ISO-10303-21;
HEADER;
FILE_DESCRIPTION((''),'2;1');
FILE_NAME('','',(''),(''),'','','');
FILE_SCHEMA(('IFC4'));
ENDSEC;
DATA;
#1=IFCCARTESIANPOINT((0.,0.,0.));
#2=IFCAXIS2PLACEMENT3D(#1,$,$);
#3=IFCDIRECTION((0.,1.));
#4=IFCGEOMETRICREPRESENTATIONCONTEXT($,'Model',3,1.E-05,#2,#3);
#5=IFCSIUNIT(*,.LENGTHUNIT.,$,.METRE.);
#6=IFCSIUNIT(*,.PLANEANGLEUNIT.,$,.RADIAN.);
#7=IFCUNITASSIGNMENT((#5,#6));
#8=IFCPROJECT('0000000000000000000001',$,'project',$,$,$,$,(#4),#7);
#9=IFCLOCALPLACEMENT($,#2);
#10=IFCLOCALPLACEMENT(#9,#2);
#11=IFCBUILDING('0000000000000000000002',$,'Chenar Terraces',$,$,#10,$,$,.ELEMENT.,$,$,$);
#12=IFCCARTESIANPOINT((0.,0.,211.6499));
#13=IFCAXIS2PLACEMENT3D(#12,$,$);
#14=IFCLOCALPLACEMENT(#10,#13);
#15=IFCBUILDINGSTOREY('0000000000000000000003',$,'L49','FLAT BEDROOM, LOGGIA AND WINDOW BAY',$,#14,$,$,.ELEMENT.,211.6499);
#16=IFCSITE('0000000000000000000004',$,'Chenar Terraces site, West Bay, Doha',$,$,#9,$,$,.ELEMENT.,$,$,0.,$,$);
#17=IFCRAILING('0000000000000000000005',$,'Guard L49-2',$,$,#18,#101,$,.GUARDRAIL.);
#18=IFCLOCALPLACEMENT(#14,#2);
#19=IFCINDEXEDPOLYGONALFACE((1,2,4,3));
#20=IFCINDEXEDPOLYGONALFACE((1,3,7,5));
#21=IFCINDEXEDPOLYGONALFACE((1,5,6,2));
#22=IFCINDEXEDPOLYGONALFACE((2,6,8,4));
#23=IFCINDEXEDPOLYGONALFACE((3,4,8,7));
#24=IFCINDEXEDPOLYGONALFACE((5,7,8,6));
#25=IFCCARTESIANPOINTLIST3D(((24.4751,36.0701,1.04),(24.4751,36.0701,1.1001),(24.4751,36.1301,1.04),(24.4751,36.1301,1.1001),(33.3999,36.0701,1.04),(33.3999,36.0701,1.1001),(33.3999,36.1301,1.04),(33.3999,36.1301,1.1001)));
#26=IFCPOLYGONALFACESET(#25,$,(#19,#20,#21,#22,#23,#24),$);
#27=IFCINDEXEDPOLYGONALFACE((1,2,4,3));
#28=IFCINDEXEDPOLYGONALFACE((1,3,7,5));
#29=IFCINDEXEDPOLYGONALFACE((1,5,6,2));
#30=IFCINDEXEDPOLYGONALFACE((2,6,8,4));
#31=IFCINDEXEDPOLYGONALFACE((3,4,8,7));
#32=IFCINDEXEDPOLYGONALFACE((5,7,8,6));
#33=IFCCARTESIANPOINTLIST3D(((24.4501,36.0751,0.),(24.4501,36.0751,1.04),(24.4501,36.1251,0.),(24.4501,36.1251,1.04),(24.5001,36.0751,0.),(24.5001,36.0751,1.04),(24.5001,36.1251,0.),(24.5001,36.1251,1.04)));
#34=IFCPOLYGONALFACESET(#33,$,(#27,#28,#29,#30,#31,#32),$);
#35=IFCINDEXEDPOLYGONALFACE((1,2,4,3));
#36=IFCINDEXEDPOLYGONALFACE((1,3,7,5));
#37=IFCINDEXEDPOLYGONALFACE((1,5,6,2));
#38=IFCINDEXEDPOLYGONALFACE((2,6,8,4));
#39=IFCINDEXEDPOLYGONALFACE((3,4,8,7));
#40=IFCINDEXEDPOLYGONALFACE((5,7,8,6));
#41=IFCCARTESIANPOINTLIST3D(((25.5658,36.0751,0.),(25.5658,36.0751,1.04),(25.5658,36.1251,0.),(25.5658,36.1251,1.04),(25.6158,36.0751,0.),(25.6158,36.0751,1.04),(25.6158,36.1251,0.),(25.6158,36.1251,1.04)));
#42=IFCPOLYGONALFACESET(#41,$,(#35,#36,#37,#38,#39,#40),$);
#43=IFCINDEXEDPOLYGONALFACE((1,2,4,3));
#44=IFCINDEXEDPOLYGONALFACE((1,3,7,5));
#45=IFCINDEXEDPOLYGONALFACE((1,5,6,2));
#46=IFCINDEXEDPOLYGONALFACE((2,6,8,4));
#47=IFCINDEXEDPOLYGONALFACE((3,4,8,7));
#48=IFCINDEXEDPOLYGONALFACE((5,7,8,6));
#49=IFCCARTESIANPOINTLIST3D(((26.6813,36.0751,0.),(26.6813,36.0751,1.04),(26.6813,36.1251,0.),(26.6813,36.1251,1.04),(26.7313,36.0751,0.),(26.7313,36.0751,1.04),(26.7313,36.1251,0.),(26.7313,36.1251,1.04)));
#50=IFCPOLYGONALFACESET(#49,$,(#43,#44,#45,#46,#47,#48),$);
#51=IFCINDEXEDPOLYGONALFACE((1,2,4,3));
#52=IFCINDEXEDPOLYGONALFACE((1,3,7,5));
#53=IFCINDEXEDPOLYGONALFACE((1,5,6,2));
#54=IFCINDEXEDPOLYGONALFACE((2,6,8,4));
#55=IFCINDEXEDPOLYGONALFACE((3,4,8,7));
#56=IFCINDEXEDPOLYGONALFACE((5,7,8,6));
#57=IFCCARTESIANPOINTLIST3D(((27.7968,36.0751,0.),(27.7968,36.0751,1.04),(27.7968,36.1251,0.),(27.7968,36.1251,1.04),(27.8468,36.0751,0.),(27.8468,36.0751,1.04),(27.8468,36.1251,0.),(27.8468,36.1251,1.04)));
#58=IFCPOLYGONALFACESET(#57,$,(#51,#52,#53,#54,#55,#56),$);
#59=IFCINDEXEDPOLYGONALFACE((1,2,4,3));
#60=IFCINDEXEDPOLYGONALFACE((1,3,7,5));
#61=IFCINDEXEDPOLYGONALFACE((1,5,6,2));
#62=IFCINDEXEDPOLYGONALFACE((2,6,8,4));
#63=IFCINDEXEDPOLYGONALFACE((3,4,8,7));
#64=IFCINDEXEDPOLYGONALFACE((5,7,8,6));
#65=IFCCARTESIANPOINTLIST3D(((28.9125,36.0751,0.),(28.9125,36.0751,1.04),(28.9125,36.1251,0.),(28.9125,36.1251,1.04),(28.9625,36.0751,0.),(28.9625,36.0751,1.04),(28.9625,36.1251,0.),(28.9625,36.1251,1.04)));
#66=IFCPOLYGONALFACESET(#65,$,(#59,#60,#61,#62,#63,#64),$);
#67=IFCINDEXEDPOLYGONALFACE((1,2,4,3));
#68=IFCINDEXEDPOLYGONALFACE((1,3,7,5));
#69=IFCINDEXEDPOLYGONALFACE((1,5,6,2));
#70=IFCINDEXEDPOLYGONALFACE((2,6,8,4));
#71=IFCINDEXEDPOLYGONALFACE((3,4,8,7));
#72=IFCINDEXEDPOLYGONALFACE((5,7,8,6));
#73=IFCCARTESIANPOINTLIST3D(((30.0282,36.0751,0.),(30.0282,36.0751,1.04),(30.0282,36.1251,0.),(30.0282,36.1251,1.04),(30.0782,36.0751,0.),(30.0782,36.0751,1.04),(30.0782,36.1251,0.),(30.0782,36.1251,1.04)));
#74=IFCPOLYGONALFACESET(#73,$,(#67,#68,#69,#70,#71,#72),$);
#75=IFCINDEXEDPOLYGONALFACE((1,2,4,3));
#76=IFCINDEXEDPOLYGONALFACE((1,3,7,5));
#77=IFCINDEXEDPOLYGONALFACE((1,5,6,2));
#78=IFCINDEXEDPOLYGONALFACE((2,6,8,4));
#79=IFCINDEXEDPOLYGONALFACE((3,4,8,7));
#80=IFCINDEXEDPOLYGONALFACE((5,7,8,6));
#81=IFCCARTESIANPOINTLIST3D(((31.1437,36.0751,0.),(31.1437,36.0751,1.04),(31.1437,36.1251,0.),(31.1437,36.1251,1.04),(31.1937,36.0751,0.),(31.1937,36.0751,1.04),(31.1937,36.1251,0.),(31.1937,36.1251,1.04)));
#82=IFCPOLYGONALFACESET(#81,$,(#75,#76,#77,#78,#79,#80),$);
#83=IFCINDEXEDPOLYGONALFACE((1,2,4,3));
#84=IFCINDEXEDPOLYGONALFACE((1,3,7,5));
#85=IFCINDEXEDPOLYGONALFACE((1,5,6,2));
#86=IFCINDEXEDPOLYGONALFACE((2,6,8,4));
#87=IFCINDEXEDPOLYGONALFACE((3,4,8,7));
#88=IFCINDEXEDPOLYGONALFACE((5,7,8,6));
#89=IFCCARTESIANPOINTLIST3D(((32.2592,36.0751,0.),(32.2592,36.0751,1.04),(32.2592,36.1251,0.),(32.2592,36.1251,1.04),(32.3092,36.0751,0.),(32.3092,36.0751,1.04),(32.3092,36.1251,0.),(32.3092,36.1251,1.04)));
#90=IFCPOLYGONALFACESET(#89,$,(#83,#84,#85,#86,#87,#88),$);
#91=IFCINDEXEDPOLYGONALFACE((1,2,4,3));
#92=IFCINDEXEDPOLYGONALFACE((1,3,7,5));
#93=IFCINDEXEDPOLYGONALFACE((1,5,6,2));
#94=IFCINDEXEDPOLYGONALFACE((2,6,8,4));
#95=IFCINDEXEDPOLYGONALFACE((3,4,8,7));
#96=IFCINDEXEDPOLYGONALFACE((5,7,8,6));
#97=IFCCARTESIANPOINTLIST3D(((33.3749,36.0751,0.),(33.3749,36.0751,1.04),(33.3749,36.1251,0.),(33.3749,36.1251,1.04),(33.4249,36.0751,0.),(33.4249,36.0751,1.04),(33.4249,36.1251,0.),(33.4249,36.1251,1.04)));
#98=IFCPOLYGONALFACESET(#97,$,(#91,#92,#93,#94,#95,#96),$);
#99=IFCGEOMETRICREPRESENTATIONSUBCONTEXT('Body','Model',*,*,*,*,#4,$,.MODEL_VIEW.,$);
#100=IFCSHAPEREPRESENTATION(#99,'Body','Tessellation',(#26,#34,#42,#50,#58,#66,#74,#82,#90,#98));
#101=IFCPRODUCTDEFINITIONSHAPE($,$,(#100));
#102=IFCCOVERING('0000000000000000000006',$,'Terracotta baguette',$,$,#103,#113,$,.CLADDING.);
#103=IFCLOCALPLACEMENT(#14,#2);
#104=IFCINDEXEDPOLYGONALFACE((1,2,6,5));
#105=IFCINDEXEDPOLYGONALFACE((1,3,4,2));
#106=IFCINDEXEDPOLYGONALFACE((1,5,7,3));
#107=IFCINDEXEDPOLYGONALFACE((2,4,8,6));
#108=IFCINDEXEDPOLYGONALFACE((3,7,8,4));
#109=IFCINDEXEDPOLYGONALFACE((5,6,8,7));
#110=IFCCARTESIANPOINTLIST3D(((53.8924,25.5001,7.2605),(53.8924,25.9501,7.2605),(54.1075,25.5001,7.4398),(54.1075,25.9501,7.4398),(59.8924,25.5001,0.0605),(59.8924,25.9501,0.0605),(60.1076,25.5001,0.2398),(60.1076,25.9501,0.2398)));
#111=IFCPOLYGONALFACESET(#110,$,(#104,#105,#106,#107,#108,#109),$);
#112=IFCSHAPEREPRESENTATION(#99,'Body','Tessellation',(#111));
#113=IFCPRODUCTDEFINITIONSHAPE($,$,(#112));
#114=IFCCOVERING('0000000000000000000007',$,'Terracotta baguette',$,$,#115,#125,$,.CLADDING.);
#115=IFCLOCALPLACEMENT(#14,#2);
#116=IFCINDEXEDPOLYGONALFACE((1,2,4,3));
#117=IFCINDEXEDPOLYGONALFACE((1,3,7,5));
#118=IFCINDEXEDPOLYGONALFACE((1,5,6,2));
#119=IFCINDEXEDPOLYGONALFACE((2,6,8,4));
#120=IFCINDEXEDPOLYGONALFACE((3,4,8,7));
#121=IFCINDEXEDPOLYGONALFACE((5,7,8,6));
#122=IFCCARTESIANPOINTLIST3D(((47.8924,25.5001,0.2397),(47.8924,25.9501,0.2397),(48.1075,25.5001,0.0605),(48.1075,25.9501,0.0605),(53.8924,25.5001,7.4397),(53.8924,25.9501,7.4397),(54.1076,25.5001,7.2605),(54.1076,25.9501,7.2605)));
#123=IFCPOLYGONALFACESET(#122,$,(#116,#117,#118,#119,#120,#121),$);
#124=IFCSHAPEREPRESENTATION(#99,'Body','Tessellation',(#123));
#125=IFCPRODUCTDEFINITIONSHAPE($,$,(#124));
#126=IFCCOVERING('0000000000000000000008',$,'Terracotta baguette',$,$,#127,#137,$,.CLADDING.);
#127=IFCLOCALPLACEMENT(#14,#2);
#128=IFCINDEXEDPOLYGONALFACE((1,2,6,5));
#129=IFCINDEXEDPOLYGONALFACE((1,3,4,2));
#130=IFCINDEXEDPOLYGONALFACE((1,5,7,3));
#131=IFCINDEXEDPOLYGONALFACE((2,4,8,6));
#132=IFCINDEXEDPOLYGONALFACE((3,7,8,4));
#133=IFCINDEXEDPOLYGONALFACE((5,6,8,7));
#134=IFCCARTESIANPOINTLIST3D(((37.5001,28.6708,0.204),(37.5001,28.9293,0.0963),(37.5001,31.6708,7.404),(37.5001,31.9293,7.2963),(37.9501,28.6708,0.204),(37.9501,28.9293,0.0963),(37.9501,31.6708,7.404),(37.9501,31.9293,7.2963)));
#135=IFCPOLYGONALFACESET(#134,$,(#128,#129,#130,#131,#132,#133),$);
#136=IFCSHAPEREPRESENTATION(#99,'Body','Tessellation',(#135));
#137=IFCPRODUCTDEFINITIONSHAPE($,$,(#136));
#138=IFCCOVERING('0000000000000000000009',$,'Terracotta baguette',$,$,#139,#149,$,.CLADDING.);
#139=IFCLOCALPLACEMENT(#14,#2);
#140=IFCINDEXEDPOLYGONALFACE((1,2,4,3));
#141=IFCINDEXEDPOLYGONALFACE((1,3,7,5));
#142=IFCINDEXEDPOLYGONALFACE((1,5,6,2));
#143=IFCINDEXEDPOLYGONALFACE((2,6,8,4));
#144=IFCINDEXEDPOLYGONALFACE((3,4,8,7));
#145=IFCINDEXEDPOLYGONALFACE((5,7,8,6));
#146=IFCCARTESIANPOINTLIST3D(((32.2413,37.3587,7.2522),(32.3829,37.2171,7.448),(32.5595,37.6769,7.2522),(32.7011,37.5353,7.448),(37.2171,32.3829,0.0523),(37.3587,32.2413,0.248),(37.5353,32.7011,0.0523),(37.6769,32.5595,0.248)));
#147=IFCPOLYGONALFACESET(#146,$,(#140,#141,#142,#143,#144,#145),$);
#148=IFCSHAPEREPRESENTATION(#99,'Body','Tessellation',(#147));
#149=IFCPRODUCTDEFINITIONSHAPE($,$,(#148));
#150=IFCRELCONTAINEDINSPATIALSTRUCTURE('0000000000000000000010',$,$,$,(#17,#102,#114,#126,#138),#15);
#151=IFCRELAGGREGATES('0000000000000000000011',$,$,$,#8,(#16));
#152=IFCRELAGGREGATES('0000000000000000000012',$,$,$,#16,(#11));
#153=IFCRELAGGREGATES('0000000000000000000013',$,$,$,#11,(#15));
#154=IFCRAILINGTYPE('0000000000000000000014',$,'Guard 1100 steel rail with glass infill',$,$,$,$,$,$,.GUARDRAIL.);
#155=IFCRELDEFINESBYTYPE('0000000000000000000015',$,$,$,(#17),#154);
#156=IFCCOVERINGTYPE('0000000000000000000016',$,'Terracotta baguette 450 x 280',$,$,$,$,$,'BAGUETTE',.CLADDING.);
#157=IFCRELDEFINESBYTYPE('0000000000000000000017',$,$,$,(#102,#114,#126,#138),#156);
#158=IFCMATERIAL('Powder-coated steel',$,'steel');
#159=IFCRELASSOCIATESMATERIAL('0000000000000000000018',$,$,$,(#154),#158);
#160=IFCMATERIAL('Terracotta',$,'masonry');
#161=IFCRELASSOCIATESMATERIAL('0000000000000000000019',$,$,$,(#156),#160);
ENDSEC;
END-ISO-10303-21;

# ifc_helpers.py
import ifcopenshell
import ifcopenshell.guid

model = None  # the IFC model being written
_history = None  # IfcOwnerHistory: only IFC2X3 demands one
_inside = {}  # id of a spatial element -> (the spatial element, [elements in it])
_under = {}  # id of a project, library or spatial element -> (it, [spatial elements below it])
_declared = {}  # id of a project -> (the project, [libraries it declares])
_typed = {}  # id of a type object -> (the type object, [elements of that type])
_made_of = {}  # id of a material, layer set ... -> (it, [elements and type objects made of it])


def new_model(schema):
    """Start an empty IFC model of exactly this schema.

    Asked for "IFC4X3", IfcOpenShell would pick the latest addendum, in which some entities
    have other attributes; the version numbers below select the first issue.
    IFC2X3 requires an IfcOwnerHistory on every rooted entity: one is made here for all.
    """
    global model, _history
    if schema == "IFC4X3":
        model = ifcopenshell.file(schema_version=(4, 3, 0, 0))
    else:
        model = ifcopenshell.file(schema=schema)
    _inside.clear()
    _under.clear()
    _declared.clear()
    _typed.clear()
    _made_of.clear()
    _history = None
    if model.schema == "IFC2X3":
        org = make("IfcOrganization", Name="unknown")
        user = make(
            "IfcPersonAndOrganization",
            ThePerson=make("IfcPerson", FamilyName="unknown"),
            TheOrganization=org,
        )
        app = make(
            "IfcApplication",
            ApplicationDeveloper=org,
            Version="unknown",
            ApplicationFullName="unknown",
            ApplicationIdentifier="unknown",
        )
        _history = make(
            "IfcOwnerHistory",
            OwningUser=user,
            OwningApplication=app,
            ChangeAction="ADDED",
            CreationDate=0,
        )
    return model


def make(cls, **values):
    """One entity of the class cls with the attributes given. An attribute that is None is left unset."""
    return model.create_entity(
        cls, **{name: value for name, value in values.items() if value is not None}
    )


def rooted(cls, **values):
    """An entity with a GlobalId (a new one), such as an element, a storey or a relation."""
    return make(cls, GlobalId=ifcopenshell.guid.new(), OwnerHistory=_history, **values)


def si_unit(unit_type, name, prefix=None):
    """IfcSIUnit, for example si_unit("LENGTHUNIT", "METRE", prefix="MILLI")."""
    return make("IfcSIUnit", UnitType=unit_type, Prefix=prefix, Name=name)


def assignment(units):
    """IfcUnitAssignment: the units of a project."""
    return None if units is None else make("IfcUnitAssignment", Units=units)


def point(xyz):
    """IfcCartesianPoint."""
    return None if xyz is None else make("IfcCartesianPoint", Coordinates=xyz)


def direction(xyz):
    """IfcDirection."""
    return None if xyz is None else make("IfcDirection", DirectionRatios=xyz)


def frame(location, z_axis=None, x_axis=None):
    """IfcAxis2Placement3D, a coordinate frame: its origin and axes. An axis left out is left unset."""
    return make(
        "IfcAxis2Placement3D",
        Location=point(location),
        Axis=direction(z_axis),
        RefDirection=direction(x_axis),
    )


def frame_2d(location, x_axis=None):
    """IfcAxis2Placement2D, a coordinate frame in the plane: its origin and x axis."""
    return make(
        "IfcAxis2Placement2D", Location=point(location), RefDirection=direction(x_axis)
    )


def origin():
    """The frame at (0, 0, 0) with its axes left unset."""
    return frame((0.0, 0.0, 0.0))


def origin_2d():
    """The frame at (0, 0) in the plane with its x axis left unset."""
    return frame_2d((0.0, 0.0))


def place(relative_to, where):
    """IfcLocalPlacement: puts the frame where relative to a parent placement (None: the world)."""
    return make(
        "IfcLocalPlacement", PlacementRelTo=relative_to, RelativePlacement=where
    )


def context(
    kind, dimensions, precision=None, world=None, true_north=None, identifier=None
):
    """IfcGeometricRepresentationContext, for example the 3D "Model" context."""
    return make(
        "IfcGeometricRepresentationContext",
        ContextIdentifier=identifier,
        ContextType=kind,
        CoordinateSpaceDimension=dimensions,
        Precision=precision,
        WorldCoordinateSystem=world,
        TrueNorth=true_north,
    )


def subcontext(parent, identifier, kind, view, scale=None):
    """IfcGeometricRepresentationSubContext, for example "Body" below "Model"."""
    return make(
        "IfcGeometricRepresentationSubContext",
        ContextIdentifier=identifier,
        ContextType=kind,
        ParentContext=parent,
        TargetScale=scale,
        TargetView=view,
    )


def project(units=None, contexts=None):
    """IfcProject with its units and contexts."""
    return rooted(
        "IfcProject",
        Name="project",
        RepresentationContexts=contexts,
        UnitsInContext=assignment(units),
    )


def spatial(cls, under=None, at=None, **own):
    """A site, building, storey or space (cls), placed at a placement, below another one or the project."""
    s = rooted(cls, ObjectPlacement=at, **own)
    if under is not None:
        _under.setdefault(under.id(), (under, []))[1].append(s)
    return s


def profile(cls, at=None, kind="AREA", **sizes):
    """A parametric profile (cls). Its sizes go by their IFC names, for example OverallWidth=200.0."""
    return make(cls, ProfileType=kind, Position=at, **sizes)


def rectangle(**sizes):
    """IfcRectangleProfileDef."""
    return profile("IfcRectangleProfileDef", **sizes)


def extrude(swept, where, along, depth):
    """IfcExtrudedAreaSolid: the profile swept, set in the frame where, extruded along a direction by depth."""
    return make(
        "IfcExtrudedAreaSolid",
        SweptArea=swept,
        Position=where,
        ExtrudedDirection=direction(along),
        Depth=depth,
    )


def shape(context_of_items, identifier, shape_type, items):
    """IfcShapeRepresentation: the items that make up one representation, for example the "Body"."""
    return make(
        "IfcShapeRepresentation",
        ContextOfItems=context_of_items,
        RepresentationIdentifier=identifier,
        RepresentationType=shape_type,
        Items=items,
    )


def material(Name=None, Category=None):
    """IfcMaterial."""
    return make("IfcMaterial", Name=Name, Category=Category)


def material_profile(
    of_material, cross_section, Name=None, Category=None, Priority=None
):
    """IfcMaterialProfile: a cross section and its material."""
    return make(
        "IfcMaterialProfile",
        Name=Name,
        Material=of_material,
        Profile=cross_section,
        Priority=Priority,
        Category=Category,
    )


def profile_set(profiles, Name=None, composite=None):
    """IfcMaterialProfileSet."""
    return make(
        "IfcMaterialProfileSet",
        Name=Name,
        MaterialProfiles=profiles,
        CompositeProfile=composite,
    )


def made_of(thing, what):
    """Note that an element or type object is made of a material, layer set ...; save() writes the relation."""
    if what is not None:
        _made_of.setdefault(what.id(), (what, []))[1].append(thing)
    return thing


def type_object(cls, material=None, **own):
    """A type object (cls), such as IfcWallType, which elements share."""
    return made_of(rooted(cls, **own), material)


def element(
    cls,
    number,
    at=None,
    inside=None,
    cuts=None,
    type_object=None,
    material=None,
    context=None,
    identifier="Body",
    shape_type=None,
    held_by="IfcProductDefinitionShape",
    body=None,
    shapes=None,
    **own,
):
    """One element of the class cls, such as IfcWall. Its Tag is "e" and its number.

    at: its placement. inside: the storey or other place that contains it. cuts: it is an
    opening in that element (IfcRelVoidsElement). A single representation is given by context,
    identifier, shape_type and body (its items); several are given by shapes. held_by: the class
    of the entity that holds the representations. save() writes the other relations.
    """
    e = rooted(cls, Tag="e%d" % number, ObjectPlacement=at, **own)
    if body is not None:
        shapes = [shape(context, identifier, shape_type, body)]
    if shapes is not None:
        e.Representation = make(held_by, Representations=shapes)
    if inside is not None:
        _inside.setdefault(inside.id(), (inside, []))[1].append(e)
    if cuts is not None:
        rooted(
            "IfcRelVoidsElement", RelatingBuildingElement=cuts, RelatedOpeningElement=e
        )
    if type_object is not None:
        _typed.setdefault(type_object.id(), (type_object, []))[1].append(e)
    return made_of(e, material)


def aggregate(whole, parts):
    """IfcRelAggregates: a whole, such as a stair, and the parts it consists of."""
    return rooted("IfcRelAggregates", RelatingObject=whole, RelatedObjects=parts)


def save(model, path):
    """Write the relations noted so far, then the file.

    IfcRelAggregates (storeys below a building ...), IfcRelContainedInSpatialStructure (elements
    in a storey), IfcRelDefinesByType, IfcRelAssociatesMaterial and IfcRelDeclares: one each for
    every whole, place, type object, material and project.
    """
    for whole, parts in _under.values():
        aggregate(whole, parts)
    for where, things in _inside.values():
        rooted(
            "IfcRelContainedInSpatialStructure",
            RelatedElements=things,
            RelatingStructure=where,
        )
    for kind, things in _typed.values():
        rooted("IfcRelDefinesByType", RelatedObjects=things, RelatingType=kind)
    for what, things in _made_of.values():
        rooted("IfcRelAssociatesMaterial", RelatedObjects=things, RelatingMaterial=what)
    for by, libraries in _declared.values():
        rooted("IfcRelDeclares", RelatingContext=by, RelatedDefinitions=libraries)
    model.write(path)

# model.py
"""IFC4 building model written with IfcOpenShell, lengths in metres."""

from ifc_helpers import new_model, si_unit, direction, frame, origin, origin_2d, place, context, subcontext, project, spatial, rectangle, extrude, material, material_profile, profile_set, type_object, element, save


model = new_model("IFC4")

# Units and contexts
model_context = context("Model", 3, precision=1e-05, world=origin(), true_north=direction((0.0, 1.0)))
body_context = subcontext(model_context, "Body", "Model", "MODEL_VIEW")
ifc_project = project(units=[si_unit("LENGTHUNIT", "METRE"), si_unit("PLANEANGLEUNIT", "RADIAN")], contexts=[model_context])

# Site, building, storey
site_placement = place(None, origin())
site = spatial("IfcSite", under=ifc_project, at=site_placement, Name="Chenar Terraces site, West Bay, Doha", CompositionType="ELEMENT", RefElevation=0.0)
building_placement = place(site_placement, origin())
building = spatial("IfcBuilding", under=site, at=building_placement, Name="Chenar Terraces", CompositionType="ELEMENT")
storey_placement = place(building_placement, frame((0.0, 0.0, 211.6499)))
storey = spatial("IfcBuildingStorey", under=building, at=storey_placement, Name="L49", Description="FLAT BEDROOM, LOGGIA AND WINDOW BAY", CompositionType="ELEMENT", Elevation=211.6499)

# Railing
ifc_material_1 = material(Name="Powder-coated steel", Category="steel")
railing_type = type_object("IfcRailingType", Name="Guard 1100 steel rail with glass infill", PredefinedType="GUARDRAIL", material=ifc_material_1)
railing_placement = place(storey_placement, frame((24.4751, 36.1001, 0.0)))
element("IfcRailing", 1, at=railing_placement, inside=storey, type_object=railing_type, Name="Guard L49-2", PredefinedType="GUARDRAIL", context=body_context, shape_type="SweptSolid", body=[
    extrude(rectangle(XDim=0.0601, YDim=0.0601, at=origin_2d()), frame((0.0, 0.0, 1.0701), z_axis=(1.0, 0.0, 0.0), x_axis=(0.0, 1.0, 0.0)), (0.0, 0.0, 1.0), 8.9248),
    extrude(rectangle(XDim=0.05, YDim=0.05, at=origin_2d()), origin(), (0.0, 0.0, 1.0), 1.04),
    extrude(rectangle(XDim=0.05, YDim=0.05, at=origin_2d()), frame((1.1157, 0.0, 0.0)), (0.0, 0.0, 1.0), 1.04),
    extrude(rectangle(XDim=0.05, YDim=0.05, at=origin_2d()), frame((2.2312, 0.0, 0.0)), (0.0, 0.0, 1.0), 1.04),
    extrude(rectangle(XDim=0.05, YDim=0.05, at=origin_2d()), frame((3.3467, 0.0, 0.0)), (0.0, 0.0, 1.0), 1.04),
    extrude(rectangle(XDim=0.05, YDim=0.05, at=origin_2d()), frame((4.4624, 0.0, 0.0)), (0.0, 0.0, 1.0), 1.04),
    extrude(rectangle(XDim=0.05, YDim=0.05, at=origin_2d()), frame((5.5781, 0.0, 0.0)), (0.0, 0.0, 1.0), 1.04),
    extrude(rectangle(XDim=0.05, YDim=0.05, at=origin_2d()), frame((6.6936, 0.0, 0.0)), (0.0, 0.0, 1.0), 1.04),
    extrude(rectangle(XDim=0.05, YDim=0.05, at=origin_2d()), frame((7.8091, 0.0, 0.0)), (0.0, 0.0, 1.0), 1.04),
    extrude(rectangle(XDim=0.05, YDim=0.05, at=origin_2d()), frame((8.9248, 0.0, 0.0)), (0.0, 0.0, 1.0), 1.04),
])

# Coverings
ifc_material_2 = material(Name="Terracotta", Category="masonry")
ifc_material_profile_1 = material_profile(ifc_material_2, rectangle(XDim=0.45, YDim=0.28, at=origin_2d()), Name="Terracotta baguette 450 x 280")
ifc_profile_set_1 = profile_set([ifc_material_profile_1], Name="Terracotta")
covering_type = type_object("IfcCoveringType", Name="Terracotta baguette 450 x 280", ElementType="BAGUETTE", PredefinedType="CLADDING", material=ifc_profile_set_1)
for number, where, z_axis, x_axis, name in (
    (2, (60.0, 25.7251, 0.1501), (-0.640187, 0.0, 0.768219), (0.0, -1.0, 0.0), "Terracotta baguette"),
    (3, (54.0, 25.7251, 7.3501), (-0.640187, 0.0, -0.768219), (0.0, -1.0, 0.0), "Terracotta baguette"),
):
    element("IfcCovering", number, at=place(storey_placement, frame(where, z_axis=z_axis, x_axis=x_axis)), inside=storey, type_object=covering_type, Name=name, PredefinedType="CLADDING", context=body_context, shape_type="SweptSolid", body=[
        extrude(rectangle(XDim=0.45, YDim=0.28, at=origin_2d()), origin(), (0.0, 0.0, 1.0), 9.3723),
    ])
covering_1_placement = place(storey_placement, frame((37.7251, 28.8, 0.1501), z_axis=(0.0, 0.384618, 0.923076), x_axis=(-1.0, 0.0, 0.0)))
element("IfcCovering", 4, at=covering_1_placement, inside=storey, type_object=covering_type, Name="Terracotta baguette", PredefinedType="CLADDING", context=body_context, shape_type="SweptSolid", body=[
    extrude(rectangle(XDim=0.45, YDim=0.28, at=origin_2d()), origin(), (0.0, 0.0, 1.0), 7.8),
])
covering_2_placement = place(storey_placement, frame((37.447, 32.4712, 0.1501), z_axis=(-0.494241, 0.494241, 0.715159), x_axis=(-0.707107, -0.707107, 0.0)))
element("IfcCovering", 5, at=covering_2_placement, inside=storey, type_object=covering_type, Name="Terracotta baguette", PredefinedType="CLADDING", context=body_context, shape_type="SweptSolid", body=[
    extrude(rectangle(XDim=0.45, YDim=0.28, at=origin_2d()), origin(), (0.0, 0.0, 1.0), 10.0676),
])

save(model, "model.ifc")
